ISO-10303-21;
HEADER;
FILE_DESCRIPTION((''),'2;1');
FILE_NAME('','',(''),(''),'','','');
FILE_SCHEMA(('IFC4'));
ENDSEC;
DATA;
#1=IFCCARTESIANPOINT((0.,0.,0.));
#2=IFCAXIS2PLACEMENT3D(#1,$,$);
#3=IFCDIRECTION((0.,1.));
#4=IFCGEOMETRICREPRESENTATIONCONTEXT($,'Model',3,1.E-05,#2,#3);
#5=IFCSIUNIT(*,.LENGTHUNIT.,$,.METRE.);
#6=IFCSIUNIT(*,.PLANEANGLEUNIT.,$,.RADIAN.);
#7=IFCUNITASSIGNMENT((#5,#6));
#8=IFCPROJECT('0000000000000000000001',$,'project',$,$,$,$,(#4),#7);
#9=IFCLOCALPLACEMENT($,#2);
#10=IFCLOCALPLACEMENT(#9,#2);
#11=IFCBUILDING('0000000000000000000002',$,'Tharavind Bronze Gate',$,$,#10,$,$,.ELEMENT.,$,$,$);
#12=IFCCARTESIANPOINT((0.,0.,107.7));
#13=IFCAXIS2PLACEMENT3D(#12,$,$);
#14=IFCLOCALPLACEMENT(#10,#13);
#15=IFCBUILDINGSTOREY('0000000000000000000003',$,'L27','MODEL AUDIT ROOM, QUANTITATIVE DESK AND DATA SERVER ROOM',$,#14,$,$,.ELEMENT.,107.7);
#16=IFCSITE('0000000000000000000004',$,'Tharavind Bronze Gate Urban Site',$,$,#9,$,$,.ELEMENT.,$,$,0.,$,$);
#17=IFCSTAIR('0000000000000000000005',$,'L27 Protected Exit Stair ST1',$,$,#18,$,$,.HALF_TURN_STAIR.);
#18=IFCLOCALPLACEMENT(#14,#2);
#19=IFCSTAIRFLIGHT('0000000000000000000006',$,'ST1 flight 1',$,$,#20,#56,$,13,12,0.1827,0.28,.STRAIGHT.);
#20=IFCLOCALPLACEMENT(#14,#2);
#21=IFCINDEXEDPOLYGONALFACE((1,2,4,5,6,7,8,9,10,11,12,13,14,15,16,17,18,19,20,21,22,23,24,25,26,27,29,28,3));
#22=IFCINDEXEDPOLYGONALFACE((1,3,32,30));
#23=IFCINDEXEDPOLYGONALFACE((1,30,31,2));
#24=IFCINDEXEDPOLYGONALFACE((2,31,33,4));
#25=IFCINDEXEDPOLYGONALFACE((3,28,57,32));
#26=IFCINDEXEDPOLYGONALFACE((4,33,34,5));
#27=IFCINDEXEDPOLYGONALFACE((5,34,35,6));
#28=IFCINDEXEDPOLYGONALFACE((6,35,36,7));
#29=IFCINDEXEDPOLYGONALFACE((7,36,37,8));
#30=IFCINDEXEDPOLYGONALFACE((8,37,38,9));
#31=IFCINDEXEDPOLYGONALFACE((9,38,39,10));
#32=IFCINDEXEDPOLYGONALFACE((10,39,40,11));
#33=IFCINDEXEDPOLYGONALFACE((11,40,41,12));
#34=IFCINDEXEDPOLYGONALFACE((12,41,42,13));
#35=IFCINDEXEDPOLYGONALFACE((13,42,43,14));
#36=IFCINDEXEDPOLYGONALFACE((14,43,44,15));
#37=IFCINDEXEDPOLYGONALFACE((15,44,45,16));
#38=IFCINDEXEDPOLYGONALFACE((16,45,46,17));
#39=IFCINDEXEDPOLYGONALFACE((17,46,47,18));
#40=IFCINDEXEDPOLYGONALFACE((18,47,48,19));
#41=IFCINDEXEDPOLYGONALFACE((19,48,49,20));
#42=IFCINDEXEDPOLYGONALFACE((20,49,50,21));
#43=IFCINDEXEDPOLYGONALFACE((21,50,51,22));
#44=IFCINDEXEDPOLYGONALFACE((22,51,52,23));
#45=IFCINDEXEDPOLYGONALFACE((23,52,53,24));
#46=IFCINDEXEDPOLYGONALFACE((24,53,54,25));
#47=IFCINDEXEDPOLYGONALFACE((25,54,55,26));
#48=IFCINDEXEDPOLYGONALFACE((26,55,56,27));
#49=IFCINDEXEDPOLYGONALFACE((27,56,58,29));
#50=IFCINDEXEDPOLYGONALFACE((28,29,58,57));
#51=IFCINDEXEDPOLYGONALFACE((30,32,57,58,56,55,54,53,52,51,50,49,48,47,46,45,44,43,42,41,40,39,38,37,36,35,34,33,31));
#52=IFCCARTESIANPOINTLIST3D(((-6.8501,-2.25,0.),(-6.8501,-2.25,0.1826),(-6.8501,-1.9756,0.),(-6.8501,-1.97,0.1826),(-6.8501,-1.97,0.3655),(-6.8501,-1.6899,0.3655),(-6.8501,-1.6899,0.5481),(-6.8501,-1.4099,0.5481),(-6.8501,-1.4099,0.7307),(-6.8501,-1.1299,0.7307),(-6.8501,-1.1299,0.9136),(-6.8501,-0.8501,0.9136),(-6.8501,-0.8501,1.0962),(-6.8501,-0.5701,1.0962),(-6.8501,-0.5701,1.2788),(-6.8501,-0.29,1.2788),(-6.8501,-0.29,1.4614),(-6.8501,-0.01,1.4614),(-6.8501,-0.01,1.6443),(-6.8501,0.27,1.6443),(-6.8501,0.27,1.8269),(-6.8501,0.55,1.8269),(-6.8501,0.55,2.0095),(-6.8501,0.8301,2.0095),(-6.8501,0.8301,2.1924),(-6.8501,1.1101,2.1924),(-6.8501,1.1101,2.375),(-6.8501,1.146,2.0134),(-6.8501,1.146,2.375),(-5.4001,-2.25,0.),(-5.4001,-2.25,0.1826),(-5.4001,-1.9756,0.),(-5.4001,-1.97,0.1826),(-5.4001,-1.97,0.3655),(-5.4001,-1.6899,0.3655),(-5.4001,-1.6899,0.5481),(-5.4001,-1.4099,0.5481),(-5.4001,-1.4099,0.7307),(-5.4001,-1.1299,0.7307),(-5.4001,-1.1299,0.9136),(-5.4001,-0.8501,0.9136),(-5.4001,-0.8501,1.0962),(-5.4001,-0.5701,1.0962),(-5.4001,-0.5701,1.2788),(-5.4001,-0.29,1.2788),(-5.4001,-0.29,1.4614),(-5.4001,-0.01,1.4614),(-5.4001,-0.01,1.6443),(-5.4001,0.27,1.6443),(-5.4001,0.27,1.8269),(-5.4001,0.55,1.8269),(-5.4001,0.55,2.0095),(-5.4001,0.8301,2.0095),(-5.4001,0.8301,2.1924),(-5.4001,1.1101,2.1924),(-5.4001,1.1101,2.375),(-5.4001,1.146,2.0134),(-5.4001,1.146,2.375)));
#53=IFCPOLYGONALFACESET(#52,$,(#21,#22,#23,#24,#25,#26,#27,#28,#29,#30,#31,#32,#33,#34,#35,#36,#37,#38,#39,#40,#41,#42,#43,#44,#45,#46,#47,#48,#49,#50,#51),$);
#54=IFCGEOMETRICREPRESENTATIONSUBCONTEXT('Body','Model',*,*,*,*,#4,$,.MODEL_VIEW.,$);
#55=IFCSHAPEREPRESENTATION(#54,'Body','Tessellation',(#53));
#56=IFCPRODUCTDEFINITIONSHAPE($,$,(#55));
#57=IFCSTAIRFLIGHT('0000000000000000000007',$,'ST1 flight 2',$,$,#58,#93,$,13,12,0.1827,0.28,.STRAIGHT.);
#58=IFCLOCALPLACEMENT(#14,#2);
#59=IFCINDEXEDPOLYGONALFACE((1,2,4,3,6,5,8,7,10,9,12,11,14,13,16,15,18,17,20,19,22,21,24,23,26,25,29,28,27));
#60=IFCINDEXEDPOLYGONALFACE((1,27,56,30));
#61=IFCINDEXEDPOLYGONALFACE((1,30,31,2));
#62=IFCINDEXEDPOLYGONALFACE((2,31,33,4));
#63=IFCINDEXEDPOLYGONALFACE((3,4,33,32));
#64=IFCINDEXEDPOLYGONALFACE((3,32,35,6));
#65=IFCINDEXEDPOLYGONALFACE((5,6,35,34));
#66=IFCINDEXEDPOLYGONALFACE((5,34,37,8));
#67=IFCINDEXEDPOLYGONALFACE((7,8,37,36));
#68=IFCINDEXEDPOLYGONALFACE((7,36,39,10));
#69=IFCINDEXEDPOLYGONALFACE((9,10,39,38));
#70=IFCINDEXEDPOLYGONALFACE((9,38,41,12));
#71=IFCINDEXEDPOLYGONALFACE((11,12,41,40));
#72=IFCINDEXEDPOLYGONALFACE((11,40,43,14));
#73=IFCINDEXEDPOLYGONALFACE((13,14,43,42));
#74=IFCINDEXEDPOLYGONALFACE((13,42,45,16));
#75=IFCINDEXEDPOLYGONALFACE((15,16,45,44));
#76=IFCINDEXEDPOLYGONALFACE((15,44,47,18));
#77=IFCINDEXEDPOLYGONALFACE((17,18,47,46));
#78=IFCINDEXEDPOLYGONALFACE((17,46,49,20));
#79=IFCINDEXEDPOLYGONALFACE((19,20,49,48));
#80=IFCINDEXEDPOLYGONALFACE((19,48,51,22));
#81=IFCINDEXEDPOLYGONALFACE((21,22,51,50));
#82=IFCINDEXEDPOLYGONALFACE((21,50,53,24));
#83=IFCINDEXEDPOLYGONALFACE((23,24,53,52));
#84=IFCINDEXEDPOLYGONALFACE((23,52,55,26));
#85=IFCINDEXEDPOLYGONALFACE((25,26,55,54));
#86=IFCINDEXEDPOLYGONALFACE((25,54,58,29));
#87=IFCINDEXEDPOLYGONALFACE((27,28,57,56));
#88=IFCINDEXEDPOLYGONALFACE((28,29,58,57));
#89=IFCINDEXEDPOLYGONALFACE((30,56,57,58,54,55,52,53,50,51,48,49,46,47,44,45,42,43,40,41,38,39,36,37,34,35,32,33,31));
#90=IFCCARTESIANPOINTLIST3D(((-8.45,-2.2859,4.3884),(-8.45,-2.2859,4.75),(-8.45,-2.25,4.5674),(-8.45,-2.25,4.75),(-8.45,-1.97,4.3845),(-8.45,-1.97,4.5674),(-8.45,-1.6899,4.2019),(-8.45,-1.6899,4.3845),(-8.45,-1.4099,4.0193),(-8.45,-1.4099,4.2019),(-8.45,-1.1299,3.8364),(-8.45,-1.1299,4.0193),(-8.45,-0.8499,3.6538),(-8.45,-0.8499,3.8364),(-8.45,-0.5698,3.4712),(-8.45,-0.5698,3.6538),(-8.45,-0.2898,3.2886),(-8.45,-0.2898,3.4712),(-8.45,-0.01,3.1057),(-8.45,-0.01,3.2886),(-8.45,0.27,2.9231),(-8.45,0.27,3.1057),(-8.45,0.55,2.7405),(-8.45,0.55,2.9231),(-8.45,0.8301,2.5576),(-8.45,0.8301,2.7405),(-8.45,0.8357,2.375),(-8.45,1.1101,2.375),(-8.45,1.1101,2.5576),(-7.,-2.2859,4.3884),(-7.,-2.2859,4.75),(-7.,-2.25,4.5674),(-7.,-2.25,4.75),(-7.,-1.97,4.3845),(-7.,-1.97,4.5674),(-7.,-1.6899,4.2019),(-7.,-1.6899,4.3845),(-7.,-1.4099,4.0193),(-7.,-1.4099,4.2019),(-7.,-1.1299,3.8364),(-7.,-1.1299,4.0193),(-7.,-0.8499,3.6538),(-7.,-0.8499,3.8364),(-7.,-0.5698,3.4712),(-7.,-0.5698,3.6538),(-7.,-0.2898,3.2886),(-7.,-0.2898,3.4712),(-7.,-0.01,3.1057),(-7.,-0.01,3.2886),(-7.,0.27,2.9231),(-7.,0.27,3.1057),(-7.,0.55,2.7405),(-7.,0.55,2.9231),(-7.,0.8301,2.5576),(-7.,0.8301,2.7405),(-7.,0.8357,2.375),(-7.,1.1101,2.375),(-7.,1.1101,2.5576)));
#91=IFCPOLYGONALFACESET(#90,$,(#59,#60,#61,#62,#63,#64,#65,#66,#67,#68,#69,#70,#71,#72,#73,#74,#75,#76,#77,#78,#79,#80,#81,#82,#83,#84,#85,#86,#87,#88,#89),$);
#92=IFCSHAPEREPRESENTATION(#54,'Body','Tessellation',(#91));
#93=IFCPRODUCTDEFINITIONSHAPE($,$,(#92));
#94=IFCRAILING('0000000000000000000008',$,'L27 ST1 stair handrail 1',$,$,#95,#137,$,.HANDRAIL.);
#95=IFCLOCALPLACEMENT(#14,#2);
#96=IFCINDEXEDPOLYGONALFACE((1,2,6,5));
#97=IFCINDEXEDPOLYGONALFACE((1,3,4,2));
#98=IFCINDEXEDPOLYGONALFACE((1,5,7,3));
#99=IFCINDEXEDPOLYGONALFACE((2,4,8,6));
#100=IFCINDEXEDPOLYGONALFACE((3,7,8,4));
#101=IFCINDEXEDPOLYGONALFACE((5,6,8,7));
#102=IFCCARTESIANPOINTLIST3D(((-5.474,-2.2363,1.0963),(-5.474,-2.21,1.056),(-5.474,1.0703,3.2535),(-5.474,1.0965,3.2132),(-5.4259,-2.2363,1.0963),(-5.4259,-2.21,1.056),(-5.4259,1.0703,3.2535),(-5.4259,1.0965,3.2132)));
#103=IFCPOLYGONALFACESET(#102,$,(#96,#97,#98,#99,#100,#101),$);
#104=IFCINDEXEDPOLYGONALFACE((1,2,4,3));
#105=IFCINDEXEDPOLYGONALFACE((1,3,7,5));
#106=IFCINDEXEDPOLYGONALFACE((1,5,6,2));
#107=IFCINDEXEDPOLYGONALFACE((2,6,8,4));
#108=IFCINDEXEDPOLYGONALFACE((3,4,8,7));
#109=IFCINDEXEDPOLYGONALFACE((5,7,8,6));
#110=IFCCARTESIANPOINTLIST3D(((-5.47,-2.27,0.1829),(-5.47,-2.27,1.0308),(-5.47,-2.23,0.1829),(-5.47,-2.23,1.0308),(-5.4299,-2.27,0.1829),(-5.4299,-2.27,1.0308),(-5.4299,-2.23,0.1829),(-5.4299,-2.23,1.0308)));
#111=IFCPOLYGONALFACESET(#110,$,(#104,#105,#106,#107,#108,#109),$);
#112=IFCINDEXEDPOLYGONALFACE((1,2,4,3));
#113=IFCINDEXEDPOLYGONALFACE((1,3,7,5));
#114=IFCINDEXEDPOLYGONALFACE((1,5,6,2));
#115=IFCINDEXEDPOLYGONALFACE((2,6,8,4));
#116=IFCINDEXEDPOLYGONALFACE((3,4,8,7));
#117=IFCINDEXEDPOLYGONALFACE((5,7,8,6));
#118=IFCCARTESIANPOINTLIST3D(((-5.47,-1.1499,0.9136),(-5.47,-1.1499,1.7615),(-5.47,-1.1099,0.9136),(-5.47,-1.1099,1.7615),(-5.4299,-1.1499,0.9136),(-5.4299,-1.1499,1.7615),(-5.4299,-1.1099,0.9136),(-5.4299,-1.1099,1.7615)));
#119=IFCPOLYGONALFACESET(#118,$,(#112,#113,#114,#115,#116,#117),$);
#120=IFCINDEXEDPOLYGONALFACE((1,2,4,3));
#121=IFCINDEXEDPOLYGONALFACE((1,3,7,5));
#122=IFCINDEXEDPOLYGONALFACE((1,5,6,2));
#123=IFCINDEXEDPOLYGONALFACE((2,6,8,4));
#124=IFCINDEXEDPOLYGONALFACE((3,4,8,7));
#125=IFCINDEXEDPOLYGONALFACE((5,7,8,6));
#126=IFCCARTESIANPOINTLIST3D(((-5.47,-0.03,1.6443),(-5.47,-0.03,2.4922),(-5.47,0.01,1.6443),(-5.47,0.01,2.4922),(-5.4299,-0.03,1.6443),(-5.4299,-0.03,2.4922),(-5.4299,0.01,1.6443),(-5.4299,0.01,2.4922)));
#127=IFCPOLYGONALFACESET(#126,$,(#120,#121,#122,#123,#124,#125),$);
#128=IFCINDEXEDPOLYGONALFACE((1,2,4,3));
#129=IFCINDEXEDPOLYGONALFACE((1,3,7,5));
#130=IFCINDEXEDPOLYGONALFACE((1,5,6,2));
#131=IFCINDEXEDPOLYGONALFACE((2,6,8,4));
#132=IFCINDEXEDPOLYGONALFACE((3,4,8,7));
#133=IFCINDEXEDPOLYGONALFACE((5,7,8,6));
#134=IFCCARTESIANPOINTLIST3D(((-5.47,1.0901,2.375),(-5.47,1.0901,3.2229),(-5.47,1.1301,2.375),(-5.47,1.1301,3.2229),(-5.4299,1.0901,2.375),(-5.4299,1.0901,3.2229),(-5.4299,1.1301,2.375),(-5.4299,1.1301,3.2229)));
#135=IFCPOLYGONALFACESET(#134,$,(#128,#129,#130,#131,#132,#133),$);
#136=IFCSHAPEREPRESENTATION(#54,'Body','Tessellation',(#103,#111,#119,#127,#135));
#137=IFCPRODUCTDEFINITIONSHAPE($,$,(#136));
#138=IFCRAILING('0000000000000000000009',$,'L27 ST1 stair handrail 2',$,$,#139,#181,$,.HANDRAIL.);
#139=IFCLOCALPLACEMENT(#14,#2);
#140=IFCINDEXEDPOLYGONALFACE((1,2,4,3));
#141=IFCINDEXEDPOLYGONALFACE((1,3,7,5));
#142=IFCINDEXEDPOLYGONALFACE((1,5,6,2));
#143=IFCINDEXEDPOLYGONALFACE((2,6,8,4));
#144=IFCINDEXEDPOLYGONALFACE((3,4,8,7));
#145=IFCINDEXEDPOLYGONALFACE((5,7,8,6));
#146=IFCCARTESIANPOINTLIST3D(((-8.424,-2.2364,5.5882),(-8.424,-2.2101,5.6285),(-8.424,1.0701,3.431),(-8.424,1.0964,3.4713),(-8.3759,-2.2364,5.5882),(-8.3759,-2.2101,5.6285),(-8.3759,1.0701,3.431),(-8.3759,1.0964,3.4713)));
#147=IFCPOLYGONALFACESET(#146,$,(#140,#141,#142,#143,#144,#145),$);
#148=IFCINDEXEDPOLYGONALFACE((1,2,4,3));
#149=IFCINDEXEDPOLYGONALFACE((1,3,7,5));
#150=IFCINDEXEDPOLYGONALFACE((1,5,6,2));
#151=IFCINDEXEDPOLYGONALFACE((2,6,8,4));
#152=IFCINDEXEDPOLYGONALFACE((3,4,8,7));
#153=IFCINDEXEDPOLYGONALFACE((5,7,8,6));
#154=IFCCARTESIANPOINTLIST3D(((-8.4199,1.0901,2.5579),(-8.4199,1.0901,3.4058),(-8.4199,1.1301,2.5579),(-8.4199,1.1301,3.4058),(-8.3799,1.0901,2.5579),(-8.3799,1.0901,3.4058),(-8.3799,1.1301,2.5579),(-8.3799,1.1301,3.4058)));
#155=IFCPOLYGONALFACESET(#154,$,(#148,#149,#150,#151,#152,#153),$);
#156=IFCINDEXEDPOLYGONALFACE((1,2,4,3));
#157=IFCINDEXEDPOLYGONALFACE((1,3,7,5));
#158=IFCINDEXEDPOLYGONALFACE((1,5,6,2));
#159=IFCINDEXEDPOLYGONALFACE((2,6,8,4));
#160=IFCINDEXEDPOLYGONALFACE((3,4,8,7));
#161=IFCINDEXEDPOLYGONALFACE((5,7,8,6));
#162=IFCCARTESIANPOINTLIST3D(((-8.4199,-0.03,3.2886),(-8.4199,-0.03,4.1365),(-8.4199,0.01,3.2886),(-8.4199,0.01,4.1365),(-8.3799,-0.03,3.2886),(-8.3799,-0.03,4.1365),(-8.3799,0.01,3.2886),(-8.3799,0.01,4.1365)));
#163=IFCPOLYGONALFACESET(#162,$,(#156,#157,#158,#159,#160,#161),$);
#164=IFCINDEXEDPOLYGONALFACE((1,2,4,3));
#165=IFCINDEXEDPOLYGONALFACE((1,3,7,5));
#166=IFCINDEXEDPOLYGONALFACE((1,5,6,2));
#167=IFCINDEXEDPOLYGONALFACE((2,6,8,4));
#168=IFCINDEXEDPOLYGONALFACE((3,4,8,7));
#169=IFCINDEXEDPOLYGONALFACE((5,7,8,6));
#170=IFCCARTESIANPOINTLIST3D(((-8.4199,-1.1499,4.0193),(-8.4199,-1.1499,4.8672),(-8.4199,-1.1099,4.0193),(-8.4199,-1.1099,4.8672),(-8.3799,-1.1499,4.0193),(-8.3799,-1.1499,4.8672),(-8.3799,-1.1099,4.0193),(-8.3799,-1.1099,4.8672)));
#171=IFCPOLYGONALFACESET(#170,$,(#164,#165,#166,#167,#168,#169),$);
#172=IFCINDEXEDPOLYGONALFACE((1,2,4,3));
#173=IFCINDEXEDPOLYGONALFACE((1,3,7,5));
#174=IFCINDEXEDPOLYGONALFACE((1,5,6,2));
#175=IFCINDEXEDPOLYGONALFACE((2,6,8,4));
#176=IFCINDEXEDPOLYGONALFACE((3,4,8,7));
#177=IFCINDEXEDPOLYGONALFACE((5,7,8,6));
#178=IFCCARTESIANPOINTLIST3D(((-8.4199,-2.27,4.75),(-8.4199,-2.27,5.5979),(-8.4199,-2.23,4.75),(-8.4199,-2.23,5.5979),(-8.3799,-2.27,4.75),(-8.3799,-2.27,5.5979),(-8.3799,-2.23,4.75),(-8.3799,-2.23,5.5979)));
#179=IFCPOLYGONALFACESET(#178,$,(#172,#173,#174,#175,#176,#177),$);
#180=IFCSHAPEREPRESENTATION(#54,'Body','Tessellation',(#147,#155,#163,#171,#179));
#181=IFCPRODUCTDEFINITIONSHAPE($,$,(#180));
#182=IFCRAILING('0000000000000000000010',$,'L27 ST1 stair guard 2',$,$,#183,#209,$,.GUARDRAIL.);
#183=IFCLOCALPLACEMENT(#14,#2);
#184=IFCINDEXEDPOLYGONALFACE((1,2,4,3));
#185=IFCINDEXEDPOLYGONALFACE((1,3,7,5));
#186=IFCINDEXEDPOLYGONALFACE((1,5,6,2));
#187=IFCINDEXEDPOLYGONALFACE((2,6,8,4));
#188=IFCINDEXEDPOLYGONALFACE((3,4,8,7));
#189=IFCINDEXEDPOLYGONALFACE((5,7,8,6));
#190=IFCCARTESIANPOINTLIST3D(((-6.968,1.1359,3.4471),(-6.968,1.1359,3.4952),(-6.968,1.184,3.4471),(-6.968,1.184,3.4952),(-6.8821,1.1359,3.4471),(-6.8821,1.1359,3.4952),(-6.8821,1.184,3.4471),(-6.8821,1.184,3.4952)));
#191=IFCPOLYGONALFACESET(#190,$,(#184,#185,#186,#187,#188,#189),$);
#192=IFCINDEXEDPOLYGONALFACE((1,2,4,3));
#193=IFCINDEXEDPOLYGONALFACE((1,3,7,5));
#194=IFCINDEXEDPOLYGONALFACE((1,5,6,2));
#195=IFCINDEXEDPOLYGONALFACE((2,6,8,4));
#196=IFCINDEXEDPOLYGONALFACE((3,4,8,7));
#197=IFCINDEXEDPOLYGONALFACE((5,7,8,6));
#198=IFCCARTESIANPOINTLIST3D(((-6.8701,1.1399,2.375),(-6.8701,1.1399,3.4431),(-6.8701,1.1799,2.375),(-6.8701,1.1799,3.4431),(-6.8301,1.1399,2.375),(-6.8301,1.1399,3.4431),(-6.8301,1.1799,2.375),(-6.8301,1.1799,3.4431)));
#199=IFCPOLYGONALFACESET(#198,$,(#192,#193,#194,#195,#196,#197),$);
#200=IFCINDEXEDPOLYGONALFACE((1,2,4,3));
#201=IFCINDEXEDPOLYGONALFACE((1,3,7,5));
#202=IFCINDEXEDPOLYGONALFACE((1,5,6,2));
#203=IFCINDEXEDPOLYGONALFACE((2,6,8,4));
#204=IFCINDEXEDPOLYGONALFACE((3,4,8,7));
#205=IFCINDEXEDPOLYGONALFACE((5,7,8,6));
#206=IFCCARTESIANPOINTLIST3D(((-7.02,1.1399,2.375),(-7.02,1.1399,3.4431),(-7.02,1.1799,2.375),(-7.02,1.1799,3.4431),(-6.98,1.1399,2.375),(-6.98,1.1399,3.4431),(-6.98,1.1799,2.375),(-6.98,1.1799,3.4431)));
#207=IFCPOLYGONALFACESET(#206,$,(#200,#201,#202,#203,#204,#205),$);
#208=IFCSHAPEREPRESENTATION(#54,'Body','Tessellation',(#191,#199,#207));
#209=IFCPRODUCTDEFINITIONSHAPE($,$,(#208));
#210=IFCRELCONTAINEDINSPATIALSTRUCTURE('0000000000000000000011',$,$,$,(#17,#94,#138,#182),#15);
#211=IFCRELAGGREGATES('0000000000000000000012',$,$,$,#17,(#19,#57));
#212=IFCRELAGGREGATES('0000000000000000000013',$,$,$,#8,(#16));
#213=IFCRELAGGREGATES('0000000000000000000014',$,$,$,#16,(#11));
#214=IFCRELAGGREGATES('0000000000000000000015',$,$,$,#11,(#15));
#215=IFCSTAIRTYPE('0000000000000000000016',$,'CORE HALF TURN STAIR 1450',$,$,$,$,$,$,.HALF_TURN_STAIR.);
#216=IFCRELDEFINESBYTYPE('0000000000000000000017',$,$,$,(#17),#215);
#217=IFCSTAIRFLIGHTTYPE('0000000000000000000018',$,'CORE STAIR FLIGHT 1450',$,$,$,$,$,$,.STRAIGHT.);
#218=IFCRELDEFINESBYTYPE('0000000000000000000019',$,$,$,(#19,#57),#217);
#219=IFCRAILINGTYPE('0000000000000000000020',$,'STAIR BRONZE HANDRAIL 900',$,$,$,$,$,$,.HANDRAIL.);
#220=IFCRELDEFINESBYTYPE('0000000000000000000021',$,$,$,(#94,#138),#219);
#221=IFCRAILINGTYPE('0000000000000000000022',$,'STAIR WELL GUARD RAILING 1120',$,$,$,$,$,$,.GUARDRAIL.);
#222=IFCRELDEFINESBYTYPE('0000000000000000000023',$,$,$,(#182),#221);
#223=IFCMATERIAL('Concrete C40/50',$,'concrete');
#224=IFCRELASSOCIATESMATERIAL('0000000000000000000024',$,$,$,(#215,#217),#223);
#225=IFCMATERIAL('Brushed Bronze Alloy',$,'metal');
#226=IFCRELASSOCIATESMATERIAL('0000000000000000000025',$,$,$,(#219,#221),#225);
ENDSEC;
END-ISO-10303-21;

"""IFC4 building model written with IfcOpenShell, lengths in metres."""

from ifc_helpers import new_model, si_unit, direction, frame, origin, origin_2d, place, context, subcontext, project, spatial, polyline, rectangle, outline, extrude, material, type_object, element, aggregate, save


model = new_model("IFC4")

# Units and contexts
model_context = context("Model", 3, precision=1e-05, world=origin(), true_north=direction((0.0, 1.0)))
body_context = subcontext(model_context, "Body", "Model", "MODEL_VIEW")
ifc_project = project(units=[si_unit("LENGTHUNIT", "METRE"), si_unit("PLANEANGLEUNIT", "RADIAN")], contexts=[model_context])

# Site, building, storey
site_placement = place(None, origin())
site = spatial("IfcSite", under=ifc_project, at=site_placement, Name="Tharavind Bronze Gate Urban Site", CompositionType="ELEMENT", RefElevation=0.0)
building_placement = place(site_placement, origin())
building = spatial("IfcBuilding", under=site, at=building_placement, Name="Tharavind Bronze Gate", CompositionType="ELEMENT")
storey_placement = place(building_placement, frame((0.0, 0.0, 107.7)))
storey = spatial("IfcBuildingStorey", under=building, at=storey_placement, Name="L27", Description="MODEL AUDIT ROOM, QUANTITATIVE DESK AND DATA SERVER ROOM", CompositionType="ELEMENT", Elevation=107.7)

# Shared definitions
ifc_material_1 = material(Name="Concrete C40/50", Category="concrete")

# Stair, stair flights
stair_type = type_object("IfcStairType", Name="CORE HALF TURN STAIR 1450", PredefinedType="HALF_TURN_STAIR", material=ifc_material_1)
stair_placement = place(storey_placement, origin())
stair = element("IfcStair", 1, at=stair_placement, inside=storey, type_object=stair_type, Name="L27 Protected Exit Stair ST1", PredefinedType="HALF_TURN_STAIR")
stair_flight_type = type_object("IfcStairFlightType", Name="CORE STAIR FLIGHT 1450", PredefinedType="STRAIGHT", material=ifc_material_1)
stair_flight_1_placement = place(storey_placement, frame((-6.125, -2.25, 0.0), z_axis=(0.0, 0.0, 1.0), x_axis=(0.0, 1.0, 0.0)))
stair_flight_1 = element("IfcStairFlight", 2, at=stair_flight_1_placement, type_object=stair_flight_type, Name="ST1 flight 1", NumberOfRisers=13, NumberOfTreads=12, PredefinedType="STRAIGHT", RiserHeight=0.1827, TreadLength=0.28, context=body_context, shape_type="SweptSolid", body=[
    extrude(outline(polyline([(0.0, 0.0), (0.0, 0.1826), (0.28, 0.1826), (0.28, 0.3655), (0.5601, 0.3655), (0.5601, 0.5481), (0.8401, 0.5481), (0.8401, 0.7307), (1.1201, 0.7307), (1.1201, 0.9136), (1.3999, 0.9136), (1.3999, 1.0962), (1.6799, 1.0962), (1.6799, 1.2788), (1.96, 1.2788), (1.96, 1.4614), (2.24, 1.4614), (2.24, 1.6443), (2.52, 1.6443), (2.52, 1.8269), (2.8, 1.8269), (2.8, 2.0095), (3.0801, 2.0095), (3.0801, 2.1924), (3.3601, 2.1924), (3.3601, 2.375), (3.396, 2.375), (3.396, 2.0134), (0.2744, 0.0), (0.0, 0.0)])), frame((0.0, 0.7251, 0.0), z_axis=(0.0, -1.0, 0.0), x_axis=(1.0, 0.0, 0.0)), (0.0, 0.0, 1.0), 1.45),
])
stair_flight_2_placement = place(storey_placement, frame((-7.7251, 1.1101, 2.375), z_axis=(0.0, 0.0, 1.0), x_axis=(0.0, -1.0, 0.0)))
stair_flight_2 = element("IfcStairFlight", 3, at=stair_flight_2_placement, type_object=stair_flight_type, Name="ST1 flight 2", NumberOfRisers=13, NumberOfTreads=12, PredefinedType="STRAIGHT", RiserHeight=0.1827, TreadLength=0.28, context=body_context, shape_type="SweptSolid", body=[
    extrude(outline(polyline([(0.0, 0.0), (0.0, 0.1826), (0.28, 0.1826), (0.28, 0.3655), (0.5601, 0.3655), (0.5601, 0.5481), (0.8401, 0.5481), (0.8401, 0.7307), (1.1201, 0.7307), (1.1201, 0.9136), (1.3999, 0.9136), (1.3999, 1.0962), (1.6799, 1.0962), (1.6799, 1.2788), (1.96, 1.2788), (1.96, 1.4614), (2.24, 1.4614), (2.24, 1.6443), (2.52, 1.6443), (2.52, 1.8269), (2.8, 1.8269), (2.8, 2.0095), (3.0801, 2.0095), (3.0801, 2.1924), (3.3601, 2.1924), (3.3601, 2.375), (3.396, 2.375), (3.396, 2.0134), (0.2744, 0.0), (0.0, 0.0)])), frame((0.0, 0.7251, 0.0), z_axis=(0.0, -1.0, 0.0), x_axis=(1.0, 0.0, 0.0)), (0.0, 0.0, 1.0), 1.45),
])
aggregate(stair, [stair_flight_1, stair_flight_2])

# Railings
ifc_material_2 = material(Name="Brushed Bronze Alloy", Category="metal")
railing_type_1 = type_object("IfcRailingType", Name="STAIR BRONZE HANDRAIL 900", PredefinedType="HANDRAIL", material=ifc_material_2)
railing_1_placement = place(storey_placement, frame((-5.45, -2.25, 0.1829)))
element("IfcRailing", 4, at=railing_1_placement, inside=storey, type_object=railing_type_1, Name="L27 ST1 stair handrail 1", PredefinedType="HANDRAIL", context=body_context, shape_type="SweptSolid", body=[
    extrude(rectangle(XDim=0.0481, YDim=0.0481, at=origin_2d()), frame((0.0, 0.0269, 0.8933), z_axis=(0.0, 0.837523, 0.546401), x_axis=(-1.0, 0.0, 0.0)), (0.0, 0.0, 1.0), 3.948),
    extrude(rectangle(XDim=0.04, YDim=0.04, at=origin_2d()), origin(), (0.0, 0.0, 1.0), 0.8479),
    extrude(rectangle(XDim=0.04, YDim=0.04, at=origin_2d()), frame((0.0, 1.1201, 0.7307)), (0.0, 0.0, 1.0), 0.8479),
    extrude(rectangle(XDim=0.04, YDim=0.04, at=origin_2d()), frame((0.0, 2.24, 1.4614)), (0.0, 0.0, 1.0), 0.8479),
    extrude(rectangle(XDim=0.04, YDim=0.04, at=origin_2d()), frame((0.0, 3.3601, 2.1921)), (0.0, 0.0, 1.0), 0.8479),
])
railing_2_placement = place(storey_placement, frame((-8.3999, 1.1101, 2.5579)))
element("IfcRailing", 5, at=railing_2_placement, inside=storey, type_object=railing_type_1, Name="L27 ST1 stair handrail 2", PredefinedType="HANDRAIL", context=body_context, shape_type="SweptSolid", body=[
    extrude(rectangle(XDim=0.0481, YDim=0.0481, at=origin_2d()), frame((0.0, -0.0269, 0.8933), z_axis=(0.0, -0.837523, 0.546401), x_axis=(1.0, 0.0, 0.0)), (0.0, 0.0, 1.0), 3.948),
    extrude(rectangle(XDim=0.04, YDim=0.04, at=origin_2d()), origin(), (0.0, 0.0, 1.0), 0.8479),
    extrude(rectangle(XDim=0.04, YDim=0.04, at=origin_2d()), frame((0.0, -1.1201, 0.7307)), (0.0, 0.0, 1.0), 0.8479),
    extrude(rectangle(XDim=0.04, YDim=0.04, at=origin_2d()), frame((0.0, -2.24, 1.4614)), (0.0, 0.0, 1.0), 0.8479),
    extrude(rectangle(XDim=0.04, YDim=0.04, at=origin_2d()), frame((0.0, -3.3601, 2.1921)), (0.0, 0.0, 1.0), 0.8479),
])
railing_type_2 = type_object("IfcRailingType", Name="STAIR WELL GUARD RAILING 1120", PredefinedType="GUARDRAIL", material=ifc_material_2)
railing_3_placement = place(storey_placement, frame((-6.8501, 1.1599, 2.375)))
element("IfcRailing", 6, at=railing_3_placement, inside=storey, type_object=railing_type_2, Name="L27 ST1 stair guard 2", PredefinedType="GUARDRAIL", context=body_context, shape_type="SweptSolid", body=[
    extrude(rectangle(XDim=0.0481, YDim=0.0481, at=origin_2d()), frame((-0.032, 0.0, 1.0962), z_axis=(-1.0, 0.0, 0.0), x_axis=(0.0, -1.0, 0.0)), (0.0, 0.0, 1.0), 0.0859),
    extrude(rectangle(XDim=0.04, YDim=0.04, at=origin_2d()), origin(), (0.0, 0.0, 1.0), 1.0681),
    extrude(rectangle(XDim=0.04, YDim=0.04, at=origin_2d()), frame((-0.1499, 0.0, 0.0)), (0.0, 0.0, 1.0), 1.0681),
])

save(model, "model.ifc")
